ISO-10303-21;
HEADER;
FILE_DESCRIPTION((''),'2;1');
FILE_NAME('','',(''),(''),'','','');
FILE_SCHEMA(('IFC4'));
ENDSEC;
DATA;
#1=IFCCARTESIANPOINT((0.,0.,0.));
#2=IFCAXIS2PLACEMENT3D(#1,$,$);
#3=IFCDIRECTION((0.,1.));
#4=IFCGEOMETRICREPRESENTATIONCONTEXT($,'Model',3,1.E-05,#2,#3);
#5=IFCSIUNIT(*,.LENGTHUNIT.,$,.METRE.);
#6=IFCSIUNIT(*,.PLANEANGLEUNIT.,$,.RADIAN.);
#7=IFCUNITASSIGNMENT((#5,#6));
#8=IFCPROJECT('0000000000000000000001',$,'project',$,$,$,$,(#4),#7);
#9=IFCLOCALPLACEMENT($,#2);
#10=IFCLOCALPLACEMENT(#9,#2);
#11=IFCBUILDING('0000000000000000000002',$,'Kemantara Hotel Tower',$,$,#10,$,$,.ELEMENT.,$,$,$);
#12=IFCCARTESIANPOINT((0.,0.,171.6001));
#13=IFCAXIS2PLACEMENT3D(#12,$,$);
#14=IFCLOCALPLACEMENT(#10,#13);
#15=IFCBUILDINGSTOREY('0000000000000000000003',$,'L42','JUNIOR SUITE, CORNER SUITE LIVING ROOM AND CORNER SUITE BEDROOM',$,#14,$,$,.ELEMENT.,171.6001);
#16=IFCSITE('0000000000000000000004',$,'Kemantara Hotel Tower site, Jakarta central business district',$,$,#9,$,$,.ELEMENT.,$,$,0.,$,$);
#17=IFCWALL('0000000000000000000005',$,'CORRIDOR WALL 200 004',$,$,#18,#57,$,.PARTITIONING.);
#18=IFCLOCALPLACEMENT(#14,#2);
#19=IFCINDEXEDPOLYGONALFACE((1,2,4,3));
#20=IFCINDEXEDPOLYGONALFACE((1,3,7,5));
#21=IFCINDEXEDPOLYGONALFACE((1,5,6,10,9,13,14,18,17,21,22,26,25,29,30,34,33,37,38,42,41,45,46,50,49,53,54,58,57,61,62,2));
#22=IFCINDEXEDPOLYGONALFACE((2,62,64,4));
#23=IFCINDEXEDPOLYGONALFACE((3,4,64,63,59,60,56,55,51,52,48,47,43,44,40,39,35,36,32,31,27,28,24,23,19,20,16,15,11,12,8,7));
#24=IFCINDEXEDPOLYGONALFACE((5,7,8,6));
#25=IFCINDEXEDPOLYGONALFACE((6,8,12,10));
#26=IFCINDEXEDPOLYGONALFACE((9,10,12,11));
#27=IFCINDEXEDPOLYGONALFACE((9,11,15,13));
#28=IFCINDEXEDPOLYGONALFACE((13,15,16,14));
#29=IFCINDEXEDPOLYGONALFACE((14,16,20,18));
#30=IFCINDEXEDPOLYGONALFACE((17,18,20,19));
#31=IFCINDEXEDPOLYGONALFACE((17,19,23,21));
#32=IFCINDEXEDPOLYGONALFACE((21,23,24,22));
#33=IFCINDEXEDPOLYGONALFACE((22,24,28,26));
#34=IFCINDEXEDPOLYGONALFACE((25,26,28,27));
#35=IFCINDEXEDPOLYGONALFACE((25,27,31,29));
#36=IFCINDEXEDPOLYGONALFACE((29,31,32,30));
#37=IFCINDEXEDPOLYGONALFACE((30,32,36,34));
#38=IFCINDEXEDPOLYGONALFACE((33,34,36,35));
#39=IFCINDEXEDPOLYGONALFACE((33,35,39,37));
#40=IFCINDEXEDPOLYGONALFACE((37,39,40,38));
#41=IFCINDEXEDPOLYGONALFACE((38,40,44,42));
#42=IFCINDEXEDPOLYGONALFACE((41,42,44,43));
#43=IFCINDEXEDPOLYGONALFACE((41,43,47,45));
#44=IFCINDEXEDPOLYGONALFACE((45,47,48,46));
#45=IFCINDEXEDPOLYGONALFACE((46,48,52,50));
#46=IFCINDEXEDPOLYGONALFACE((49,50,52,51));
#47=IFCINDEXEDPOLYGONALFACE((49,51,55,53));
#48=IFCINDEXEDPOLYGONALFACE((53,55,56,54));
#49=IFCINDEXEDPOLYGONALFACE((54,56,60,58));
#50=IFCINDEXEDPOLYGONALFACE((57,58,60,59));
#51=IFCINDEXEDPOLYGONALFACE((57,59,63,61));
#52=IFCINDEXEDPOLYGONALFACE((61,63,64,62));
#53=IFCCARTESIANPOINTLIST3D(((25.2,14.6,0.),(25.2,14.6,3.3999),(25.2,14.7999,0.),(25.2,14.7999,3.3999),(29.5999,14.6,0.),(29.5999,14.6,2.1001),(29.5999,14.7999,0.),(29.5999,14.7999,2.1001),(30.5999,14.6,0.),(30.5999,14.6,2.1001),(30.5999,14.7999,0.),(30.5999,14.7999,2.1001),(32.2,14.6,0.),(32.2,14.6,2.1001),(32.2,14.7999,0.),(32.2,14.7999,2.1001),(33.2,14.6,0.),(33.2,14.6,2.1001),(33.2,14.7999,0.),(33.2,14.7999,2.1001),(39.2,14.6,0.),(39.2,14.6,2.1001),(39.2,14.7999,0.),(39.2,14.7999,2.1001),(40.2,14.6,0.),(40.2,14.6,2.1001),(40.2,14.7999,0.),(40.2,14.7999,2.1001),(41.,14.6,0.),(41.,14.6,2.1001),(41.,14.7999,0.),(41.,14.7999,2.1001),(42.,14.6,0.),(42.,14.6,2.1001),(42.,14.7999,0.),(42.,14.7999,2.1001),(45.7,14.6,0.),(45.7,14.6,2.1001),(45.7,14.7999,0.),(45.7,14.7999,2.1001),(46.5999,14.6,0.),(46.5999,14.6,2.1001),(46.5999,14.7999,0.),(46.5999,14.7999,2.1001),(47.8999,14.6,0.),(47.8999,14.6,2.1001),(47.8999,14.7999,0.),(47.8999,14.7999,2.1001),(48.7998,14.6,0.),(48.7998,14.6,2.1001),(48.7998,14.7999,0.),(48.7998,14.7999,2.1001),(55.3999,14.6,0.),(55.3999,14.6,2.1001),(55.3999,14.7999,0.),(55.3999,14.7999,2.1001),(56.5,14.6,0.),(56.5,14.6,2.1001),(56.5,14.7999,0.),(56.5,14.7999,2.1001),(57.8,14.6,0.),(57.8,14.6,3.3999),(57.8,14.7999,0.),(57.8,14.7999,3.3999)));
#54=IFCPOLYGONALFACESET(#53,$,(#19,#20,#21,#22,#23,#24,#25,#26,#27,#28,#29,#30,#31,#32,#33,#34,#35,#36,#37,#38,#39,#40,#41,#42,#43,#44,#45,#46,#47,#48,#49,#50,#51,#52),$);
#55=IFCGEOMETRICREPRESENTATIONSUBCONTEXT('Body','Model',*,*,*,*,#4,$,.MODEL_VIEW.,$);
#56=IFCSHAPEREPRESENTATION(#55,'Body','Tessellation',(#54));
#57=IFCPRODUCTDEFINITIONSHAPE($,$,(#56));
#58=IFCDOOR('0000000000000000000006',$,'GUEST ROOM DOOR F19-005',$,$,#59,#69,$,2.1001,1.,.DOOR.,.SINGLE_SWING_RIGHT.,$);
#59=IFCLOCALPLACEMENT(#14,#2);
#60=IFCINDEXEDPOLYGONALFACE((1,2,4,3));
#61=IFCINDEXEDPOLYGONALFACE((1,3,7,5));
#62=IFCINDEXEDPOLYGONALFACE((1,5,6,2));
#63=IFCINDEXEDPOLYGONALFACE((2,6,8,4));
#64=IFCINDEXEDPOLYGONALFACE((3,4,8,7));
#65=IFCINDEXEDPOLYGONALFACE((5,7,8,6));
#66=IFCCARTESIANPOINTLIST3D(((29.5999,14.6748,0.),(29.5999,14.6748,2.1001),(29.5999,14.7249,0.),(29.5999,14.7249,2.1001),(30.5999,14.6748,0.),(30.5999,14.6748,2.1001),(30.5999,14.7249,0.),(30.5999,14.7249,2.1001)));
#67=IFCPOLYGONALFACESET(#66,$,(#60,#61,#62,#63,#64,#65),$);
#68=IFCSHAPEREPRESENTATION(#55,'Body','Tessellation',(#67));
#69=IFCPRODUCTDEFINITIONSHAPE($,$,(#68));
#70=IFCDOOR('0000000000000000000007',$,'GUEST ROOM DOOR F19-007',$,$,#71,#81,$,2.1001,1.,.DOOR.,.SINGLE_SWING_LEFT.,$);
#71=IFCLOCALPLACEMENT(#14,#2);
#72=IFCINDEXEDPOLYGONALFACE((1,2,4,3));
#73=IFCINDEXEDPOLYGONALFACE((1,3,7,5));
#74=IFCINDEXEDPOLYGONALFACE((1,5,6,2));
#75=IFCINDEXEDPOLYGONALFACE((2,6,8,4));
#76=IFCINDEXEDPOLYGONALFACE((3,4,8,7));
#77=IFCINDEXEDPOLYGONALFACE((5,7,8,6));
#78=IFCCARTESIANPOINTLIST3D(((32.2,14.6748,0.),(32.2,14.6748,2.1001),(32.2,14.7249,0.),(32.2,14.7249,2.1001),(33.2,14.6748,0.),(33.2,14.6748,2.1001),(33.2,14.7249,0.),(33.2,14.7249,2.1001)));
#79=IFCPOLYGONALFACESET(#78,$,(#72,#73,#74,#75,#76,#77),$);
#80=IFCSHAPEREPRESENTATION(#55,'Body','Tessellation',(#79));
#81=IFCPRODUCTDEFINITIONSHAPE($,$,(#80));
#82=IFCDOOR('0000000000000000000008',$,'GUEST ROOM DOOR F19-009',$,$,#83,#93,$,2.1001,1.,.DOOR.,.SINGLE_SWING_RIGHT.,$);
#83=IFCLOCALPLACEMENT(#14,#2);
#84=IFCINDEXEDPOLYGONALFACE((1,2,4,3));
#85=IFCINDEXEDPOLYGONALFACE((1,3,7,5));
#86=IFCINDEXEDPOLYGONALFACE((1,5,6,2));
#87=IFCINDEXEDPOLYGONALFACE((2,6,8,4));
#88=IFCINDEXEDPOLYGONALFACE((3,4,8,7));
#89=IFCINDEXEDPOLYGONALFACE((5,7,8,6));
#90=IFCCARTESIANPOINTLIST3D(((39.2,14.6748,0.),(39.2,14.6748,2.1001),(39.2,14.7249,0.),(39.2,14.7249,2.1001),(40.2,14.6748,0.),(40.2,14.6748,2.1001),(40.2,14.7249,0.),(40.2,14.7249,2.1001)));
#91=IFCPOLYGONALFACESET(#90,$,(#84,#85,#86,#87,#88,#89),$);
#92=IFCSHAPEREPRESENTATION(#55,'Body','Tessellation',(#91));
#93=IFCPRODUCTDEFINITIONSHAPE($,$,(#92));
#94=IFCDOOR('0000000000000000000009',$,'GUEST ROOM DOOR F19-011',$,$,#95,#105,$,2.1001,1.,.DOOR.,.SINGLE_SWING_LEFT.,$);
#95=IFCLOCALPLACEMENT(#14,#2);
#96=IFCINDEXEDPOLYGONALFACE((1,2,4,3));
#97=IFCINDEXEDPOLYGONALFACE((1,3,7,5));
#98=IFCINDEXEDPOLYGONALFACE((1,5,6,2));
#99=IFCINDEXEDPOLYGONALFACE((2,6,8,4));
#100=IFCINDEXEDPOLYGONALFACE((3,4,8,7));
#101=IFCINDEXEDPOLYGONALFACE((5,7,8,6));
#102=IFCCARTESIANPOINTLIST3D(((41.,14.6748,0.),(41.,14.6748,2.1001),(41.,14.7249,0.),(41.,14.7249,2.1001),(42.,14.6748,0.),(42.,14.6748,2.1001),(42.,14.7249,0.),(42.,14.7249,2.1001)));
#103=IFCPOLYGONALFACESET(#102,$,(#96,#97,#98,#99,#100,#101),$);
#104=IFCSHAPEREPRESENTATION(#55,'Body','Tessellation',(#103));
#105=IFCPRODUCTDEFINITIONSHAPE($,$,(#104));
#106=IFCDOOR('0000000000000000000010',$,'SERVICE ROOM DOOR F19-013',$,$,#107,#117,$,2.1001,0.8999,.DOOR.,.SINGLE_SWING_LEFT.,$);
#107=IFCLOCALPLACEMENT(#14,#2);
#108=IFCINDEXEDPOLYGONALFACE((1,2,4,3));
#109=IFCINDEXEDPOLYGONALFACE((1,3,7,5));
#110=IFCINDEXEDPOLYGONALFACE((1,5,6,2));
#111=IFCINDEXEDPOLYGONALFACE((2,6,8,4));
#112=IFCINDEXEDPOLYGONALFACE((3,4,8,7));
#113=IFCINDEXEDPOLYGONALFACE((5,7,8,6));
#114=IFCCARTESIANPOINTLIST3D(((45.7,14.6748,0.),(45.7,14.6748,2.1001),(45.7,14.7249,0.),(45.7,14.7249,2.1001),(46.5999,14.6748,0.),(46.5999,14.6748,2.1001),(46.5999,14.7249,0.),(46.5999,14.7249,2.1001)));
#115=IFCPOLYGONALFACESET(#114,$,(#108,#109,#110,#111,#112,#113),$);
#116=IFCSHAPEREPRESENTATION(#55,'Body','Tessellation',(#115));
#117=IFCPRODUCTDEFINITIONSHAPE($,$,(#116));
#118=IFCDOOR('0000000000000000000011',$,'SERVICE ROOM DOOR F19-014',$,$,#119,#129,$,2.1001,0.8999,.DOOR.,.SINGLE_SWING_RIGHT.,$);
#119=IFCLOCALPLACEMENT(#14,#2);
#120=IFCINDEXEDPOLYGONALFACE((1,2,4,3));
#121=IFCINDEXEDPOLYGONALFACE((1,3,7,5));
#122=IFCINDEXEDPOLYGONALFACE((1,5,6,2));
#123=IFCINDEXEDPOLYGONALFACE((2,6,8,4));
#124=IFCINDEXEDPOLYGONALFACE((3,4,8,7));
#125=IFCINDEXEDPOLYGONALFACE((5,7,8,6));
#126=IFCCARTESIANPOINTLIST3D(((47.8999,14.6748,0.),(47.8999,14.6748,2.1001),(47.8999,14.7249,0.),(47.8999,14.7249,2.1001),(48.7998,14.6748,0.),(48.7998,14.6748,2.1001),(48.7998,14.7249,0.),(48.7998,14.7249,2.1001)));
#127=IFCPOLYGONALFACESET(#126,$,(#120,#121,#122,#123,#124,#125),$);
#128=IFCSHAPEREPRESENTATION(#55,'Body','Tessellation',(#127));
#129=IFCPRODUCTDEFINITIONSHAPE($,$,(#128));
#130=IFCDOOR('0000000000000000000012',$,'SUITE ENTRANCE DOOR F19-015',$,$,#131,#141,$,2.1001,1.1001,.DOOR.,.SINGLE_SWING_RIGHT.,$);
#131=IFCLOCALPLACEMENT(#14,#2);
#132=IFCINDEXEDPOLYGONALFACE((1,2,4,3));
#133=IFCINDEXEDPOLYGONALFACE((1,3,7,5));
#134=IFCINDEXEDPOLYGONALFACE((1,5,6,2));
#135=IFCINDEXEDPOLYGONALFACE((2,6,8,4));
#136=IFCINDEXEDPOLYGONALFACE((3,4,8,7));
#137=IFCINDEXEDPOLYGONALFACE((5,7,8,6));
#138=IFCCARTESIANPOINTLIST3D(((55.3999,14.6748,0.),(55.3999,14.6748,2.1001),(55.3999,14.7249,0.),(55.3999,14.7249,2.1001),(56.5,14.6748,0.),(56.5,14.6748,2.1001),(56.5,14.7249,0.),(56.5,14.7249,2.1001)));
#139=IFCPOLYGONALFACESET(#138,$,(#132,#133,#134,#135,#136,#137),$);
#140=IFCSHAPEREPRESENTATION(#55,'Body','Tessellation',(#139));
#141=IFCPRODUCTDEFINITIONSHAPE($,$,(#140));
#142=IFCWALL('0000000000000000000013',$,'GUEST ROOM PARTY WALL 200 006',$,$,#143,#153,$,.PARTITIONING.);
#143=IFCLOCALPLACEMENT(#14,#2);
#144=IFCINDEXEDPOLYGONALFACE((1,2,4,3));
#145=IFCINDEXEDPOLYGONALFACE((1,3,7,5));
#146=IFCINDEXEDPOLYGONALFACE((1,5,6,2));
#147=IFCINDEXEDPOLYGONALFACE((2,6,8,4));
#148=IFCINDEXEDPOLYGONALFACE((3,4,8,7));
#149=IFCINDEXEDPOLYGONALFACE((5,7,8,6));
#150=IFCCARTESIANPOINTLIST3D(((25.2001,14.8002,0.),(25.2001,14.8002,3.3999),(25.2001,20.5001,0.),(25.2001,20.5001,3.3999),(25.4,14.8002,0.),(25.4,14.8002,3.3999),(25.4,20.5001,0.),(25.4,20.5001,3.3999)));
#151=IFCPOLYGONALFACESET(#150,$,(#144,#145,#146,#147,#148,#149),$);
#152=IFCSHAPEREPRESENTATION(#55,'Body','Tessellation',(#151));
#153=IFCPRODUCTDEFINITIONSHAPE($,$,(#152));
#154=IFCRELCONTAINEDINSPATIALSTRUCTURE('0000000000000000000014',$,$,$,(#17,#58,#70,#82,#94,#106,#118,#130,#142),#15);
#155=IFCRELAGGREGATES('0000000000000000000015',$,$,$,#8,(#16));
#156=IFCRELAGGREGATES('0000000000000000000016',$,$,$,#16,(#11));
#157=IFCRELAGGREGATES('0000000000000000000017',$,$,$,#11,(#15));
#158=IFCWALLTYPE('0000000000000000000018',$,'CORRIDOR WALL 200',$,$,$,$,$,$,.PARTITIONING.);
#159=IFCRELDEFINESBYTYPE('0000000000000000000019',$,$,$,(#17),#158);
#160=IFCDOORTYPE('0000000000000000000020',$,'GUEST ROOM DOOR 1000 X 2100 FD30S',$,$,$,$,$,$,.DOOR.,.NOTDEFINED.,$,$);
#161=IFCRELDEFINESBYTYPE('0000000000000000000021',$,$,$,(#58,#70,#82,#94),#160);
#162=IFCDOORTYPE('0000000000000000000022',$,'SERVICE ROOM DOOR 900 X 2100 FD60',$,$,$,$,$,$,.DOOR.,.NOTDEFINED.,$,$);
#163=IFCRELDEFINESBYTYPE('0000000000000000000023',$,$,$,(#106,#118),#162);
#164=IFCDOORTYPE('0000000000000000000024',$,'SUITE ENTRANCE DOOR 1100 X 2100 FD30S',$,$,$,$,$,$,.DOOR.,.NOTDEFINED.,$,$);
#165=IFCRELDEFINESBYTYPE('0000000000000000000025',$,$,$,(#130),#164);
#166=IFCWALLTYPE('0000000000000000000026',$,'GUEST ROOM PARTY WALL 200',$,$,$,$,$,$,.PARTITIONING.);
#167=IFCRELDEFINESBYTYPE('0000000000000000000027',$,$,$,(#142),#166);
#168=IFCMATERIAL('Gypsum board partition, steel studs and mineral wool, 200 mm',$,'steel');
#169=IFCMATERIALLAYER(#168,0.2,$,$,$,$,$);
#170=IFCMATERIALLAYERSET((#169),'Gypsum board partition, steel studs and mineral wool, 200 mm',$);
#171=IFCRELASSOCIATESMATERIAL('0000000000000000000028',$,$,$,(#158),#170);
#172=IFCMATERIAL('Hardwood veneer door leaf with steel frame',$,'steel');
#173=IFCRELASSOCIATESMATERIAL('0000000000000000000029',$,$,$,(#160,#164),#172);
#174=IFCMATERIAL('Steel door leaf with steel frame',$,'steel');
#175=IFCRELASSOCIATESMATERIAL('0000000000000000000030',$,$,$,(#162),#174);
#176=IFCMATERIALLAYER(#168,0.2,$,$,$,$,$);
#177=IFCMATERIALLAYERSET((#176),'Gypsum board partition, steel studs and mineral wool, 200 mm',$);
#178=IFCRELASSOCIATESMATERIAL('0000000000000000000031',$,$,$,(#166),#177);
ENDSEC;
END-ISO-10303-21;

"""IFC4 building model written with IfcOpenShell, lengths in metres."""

from ifc_helpers import new_model, si_unit, direction, frame, frame_2d, origin, place, context, subcontext, project, spatial, rectangle, extrude, material, layer, layer_set, type_object, element, fill, save


model = new_model("IFC4")

# Units and contexts
model_context = context("Model", 3, precision=1e-05, world=origin(), true_north=direction((0.0, 1.0)))
body_context = subcontext(model_context, "Body", "Model", "MODEL_VIEW")
ifc_project = project(units=[si_unit("LENGTHUNIT", "METRE"), si_unit("PLANEANGLEUNIT", "RADIAN")], contexts=[model_context])

# Site, building, storey
site_placement = place(None, origin())
site = spatial("IfcSite", under=ifc_project, at=site_placement, Name="Kemantara Hotel Tower site, Jakarta central business district", CompositionType="ELEMENT", RefElevation=0.0)
building_placement = place(site_placement, origin())
building = spatial("IfcBuilding", under=site, at=building_placement, Name="Kemantara Hotel Tower", CompositionType="ELEMENT")
storey_placement = place(building_placement, frame((0.0, 0.0, 171.6001)))
storey = spatial("IfcBuildingStorey", under=building, at=storey_placement, Name="L42", Description="JUNIOR SUITE, CORNER SUITE LIVING ROOM AND CORNER SUITE BEDROOM", CompositionType="ELEMENT", Elevation=171.6001)

# Wall, openings, doors
ifc_material_1 = material(Name="Gypsum board partition, steel studs and mineral wool, 200 mm", Category="steel")
ifc_layer_1 = layer(ifc_material_1, 0.2)
ifc_layer_set_1 = layer_set([ifc_layer_1], Name="Gypsum board partition, steel studs and mineral wool, 200 mm")
wall_type_1 = type_object("IfcWallType", Name="CORRIDOR WALL 200", PredefinedType="PARTITIONING", material=ifc_layer_set_1)
wall_1_placement = place(storey_placement, frame((25.2, 14.7, 0.0), z_axis=(0.0, 0.0, 1.0), x_axis=(1.0, 0.0, 0.0)))
wall_1 = element("IfcWall", 1, at=wall_1_placement, inside=storey, type_object=wall_type_1, Name="CORRIDOR WALL 200 004", PredefinedType="PARTITIONING", context=body_context, shape_type="SweptSolid", body=[
    extrude(rectangle(XDim=32.6001, YDim=0.2, at=frame_2d((16.3, 0.0))), origin(), (0.0, 0.0, 1.0), 3.3999),
])
opening_1_placement = place(wall_1_placement, frame((4.3999, 0.0, 0.0)))
opening_1 = element("IfcOpeningElement", 2, at=opening_1_placement, cuts=wall_1, PredefinedType="OPENING", context=body_context, shape_type="SweptSolid", body=[
    extrude(rectangle(XDim=1.0, YDim=2.1001, at=frame_2d((0.5, 1.05))), frame((0.0, 0.1099, 0.0), z_axis=(0.0, -1.0, 0.0), x_axis=(1.0, 0.0, 0.0)), (0.0, 0.0, 1.0), 0.22),
])
opening_2_placement = place(wall_1_placement, frame((7.0, 0.0, 0.0)))
opening_2 = element("IfcOpeningElement", 3, at=opening_2_placement, cuts=wall_1, PredefinedType="OPENING", context=body_context, shape_type="SweptSolid", body=[
    extrude(rectangle(XDim=1.0, YDim=2.1001, at=frame_2d((0.5, 1.05))), frame((0.0, 0.1099, 0.0), z_axis=(0.0, -1.0, 0.0), x_axis=(1.0, 0.0, 0.0)), (0.0, 0.0, 1.0), 0.22),
])
opening_3_placement = place(wall_1_placement, frame((14.0, 0.0, 0.0)))
opening_3 = element("IfcOpeningElement", 4, at=opening_3_placement, cuts=wall_1, PredefinedType="OPENING", context=body_context, shape_type="SweptSolid", body=[
    extrude(rectangle(XDim=1.0, YDim=2.1001, at=frame_2d((0.5, 1.05))), frame((0.0, 0.1099, 0.0), z_axis=(0.0, -1.0, 0.0), x_axis=(1.0, 0.0, 0.0)), (0.0, 0.0, 1.0), 0.22),
])
opening_4_placement = place(wall_1_placement, frame((15.8, 0.0, 0.0)))
opening_4 = element("IfcOpeningElement", 5, at=opening_4_placement, cuts=wall_1, PredefinedType="OPENING", context=body_context, shape_type="SweptSolid", body=[
    extrude(rectangle(XDim=1.0, YDim=2.1001, at=frame_2d((0.5, 1.05))), frame((0.0, 0.1099, 0.0), z_axis=(0.0, -1.0, 0.0), x_axis=(1.0, 0.0, 0.0)), (0.0, 0.0, 1.0), 0.22),
])
opening_5_placement = place(wall_1_placement, frame((20.5, 0.0, 0.0)))
opening_5 = element("IfcOpeningElement", 6, at=opening_5_placement, cuts=wall_1, PredefinedType="OPENING", context=body_context, shape_type="SweptSolid", body=[
    extrude(rectangle(XDim=0.8999, YDim=2.1001, at=frame_2d((0.45, 1.05))), frame((0.0, 0.1099, 0.0), z_axis=(0.0, -1.0, 0.0), x_axis=(1.0, 0.0, 0.0)), (0.0, 0.0, 1.0), 0.22),
])
opening_6_placement = place(wall_1_placement, frame((22.7, 0.0, 0.0)))
opening_6 = element("IfcOpeningElement", 7, at=opening_6_placement, cuts=wall_1, PredefinedType="OPENING", context=body_context, shape_type="SweptSolid", body=[
    extrude(rectangle(XDim=0.8999, YDim=2.1001, at=frame_2d((0.45, 1.05))), frame((0.0, 0.1099, 0.0), z_axis=(0.0, -1.0, 0.0), x_axis=(1.0, 0.0, 0.0)), (0.0, 0.0, 1.0), 0.22),
])
opening_7_placement = place(wall_1_placement, frame((30.2, 0.0, 0.0)))
opening_7 = element("IfcOpeningElement", 8, at=opening_7_placement, cuts=wall_1, PredefinedType="OPENING", context=body_context, shape_type="SweptSolid", body=[
    extrude(rectangle(XDim=1.1001, YDim=2.1001, at=frame_2d((0.55, 1.05))), frame((0.0, 0.1099, 0.0), z_axis=(0.0, -1.0, 0.0), x_axis=(1.0, 0.0, 0.0)), (0.0, 0.0, 1.0), 0.22),
])
ifc_material_2 = material(Name="Hardwood veneer door leaf with steel frame", Category="steel")
door_type_1 = type_object("IfcDoorType", Name="GUEST ROOM DOOR 1000 X 2100 FD30S", OperationType="NOTDEFINED", PredefinedType="DOOR", material=ifc_material_2)
door_1_placement = place(opening_1_placement, origin())
door_1 = element("IfcDoor", 9, at=door_1_placement, inside=storey, type_object=door_type_1, Name="GUEST ROOM DOOR F19-005", OperationType="SINGLE_SWING_RIGHT", OverallHeight=2.1001, OverallWidth=1.0, PredefinedType="DOOR", context=body_context, shape_type="SweptSolid", body=[
    extrude(rectangle(XDim=1.0, YDim=2.1001, at=frame_2d((0.5, 1.05))), frame((0.0, 0.0249, 0.0), z_axis=(0.0, -1.0, 0.0), x_axis=(1.0, 0.0, 0.0)), (0.0, 0.0, 1.0), 0.05),
])
fill(opening_1, door_1)
door_2_placement = place(opening_2_placement, origin())
door_2 = element("IfcDoor", 10, at=door_2_placement, inside=storey, type_object=door_type_1, Name="GUEST ROOM DOOR F19-007", OperationType="SINGLE_SWING_LEFT", OverallHeight=2.1001, OverallWidth=1.0, PredefinedType="DOOR", context=body_context, shape_type="SweptSolid", body=[
    extrude(rectangle(XDim=1.0, YDim=2.1001, at=frame_2d((0.5, 1.05))), frame((0.0, 0.0249, 0.0), z_axis=(0.0, -1.0, 0.0), x_axis=(1.0, 0.0, 0.0)), (0.0, 0.0, 1.0), 0.05),
])
fill(opening_2, door_2)
door_3_placement = place(opening_3_placement, origin())
door_3 = element("IfcDoor", 11, at=door_3_placement, inside=storey, type_object=door_type_1, Name="GUEST ROOM DOOR F19-009", OperationType="SINGLE_SWING_RIGHT", OverallHeight=2.1001, OverallWidth=1.0, PredefinedType="DOOR", context=body_context, shape_type="SweptSolid", body=[
    extrude(rectangle(XDim=1.0, YDim=2.1001, at=frame_2d((0.5, 1.05))), frame((0.0, 0.0249, 0.0), z_axis=(0.0, -1.0, 0.0), x_axis=(1.0, 0.0, 0.0)), (0.0, 0.0, 1.0), 0.05),
])
fill(opening_3, door_3)
door_4_placement = place(opening_4_placement, origin())
door_4 = element("IfcDoor", 12, at=door_4_placement, inside=storey, type_object=door_type_1, Name="GUEST ROOM DOOR F19-011", OperationType="SINGLE_SWING_LEFT", OverallHeight=2.1001, OverallWidth=1.0, PredefinedType="DOOR", context=body_context, shape_type="SweptSolid", body=[
    extrude(rectangle(XDim=1.0, YDim=2.1001, at=frame_2d((0.5, 1.05))), frame((0.0, 0.0249, 0.0), z_axis=(0.0, -1.0, 0.0), x_axis=(1.0, 0.0, 0.0)), (0.0, 0.0, 1.0), 0.05),
])
fill(opening_4, door_4)
ifc_material_3 = material(Name="Steel door leaf with steel frame", Category="steel")
door_type_2 = type_object("IfcDoorType", Name="SERVICE ROOM DOOR 900 X 2100 FD60", OperationType="NOTDEFINED", PredefinedType="DOOR", material=ifc_material_3)
door_5_placement = place(opening_5_placement, origin())
door_5 = element("IfcDoor", 13, at=door_5_placement, inside=storey, type_object=door_type_2, Name="SERVICE ROOM DOOR F19-013", OperationType="SINGLE_SWING_LEFT", OverallHeight=2.1001, OverallWidth=0.8999, PredefinedType="DOOR", context=body_context, shape_type="SweptSolid", body=[
    extrude(rectangle(XDim=0.8999, YDim=2.1001, at=frame_2d((0.45, 1.05))), frame((0.0, 0.0249, 0.0), z_axis=(0.0, -1.0, 0.0), x_axis=(1.0, 0.0, 0.0)), (0.0, 0.0, 1.0), 0.05),
])
fill(opening_5, door_5)
door_6_placement = place(opening_6_placement, origin())
door_6 = element("IfcDoor", 14, at=door_6_placement, inside=storey, type_object=door_type_2, Name="SERVICE ROOM DOOR F19-014", OperationType="SINGLE_SWING_RIGHT", OverallHeight=2.1001, OverallWidth=0.8999, PredefinedType="DOOR", context=body_context, shape_type="SweptSolid", body=[
    extrude(rectangle(XDim=0.8999, YDim=2.1001, at=frame_2d((0.45, 1.05))), frame((0.0, 0.0249, 0.0), z_axis=(0.0, -1.0, 0.0), x_axis=(1.0, 0.0, 0.0)), (0.0, 0.0, 1.0), 0.05),
])
fill(opening_6, door_6)
door_type_3 = type_object("IfcDoorType", Name="SUITE ENTRANCE DOOR 1100 X 2100 FD30S", OperationType="NOTDEFINED", PredefinedType="DOOR", material=ifc_material_2)
door_7_placement = place(opening_7_placement, origin())
door_7 = element("IfcDoor", 15, at=door_7_placement, inside=storey, type_object=door_type_3, Name="SUITE ENTRANCE DOOR F19-015", OperationType="SINGLE_SWING_RIGHT", OverallHeight=2.1001, OverallWidth=1.1001, PredefinedType="DOOR", context=body_context, shape_type="SweptSolid", body=[
    extrude(rectangle(XDim=1.1001, YDim=2.1001, at=frame_2d((0.55, 1.05))), frame((0.0, 0.0249, 0.0), z_axis=(0.0, -1.0, 0.0), x_axis=(1.0, 0.0, 0.0)), (0.0, 0.0, 1.0), 0.05),
])
fill(opening_7, door_7)

# Wall
ifc_layer_2 = layer(ifc_material_1, 0.2)
ifc_layer_set_2 = layer_set([ifc_layer_2], Name="Gypsum board partition, steel studs and mineral wool, 200 mm")
wall_type_2 = type_object("IfcWallType", Name="GUEST ROOM PARTY WALL 200", PredefinedType="PARTITIONING", material=ifc_layer_set_2)
wall_2_placement = place(storey_placement, frame((25.3, 14.8, 0.0), z_axis=(0.0, 0.0, 1.0), x_axis=(0.0, 1.0, 0.0)))
element("IfcWall", 16, at=wall_2_placement, inside=storey, type_object=wall_type_2, Name="GUEST ROOM PARTY WALL 200 006", PredefinedType="PARTITIONING", context=body_context, shape_type="SweptSolid", body=[
    extrude(rectangle(XDim=5.7, YDim=0.2, at=frame_2d((2.8501, 0.0))), origin(), (0.0, 0.0, 1.0), 3.3999),
])

save(model, "model.ifc")
